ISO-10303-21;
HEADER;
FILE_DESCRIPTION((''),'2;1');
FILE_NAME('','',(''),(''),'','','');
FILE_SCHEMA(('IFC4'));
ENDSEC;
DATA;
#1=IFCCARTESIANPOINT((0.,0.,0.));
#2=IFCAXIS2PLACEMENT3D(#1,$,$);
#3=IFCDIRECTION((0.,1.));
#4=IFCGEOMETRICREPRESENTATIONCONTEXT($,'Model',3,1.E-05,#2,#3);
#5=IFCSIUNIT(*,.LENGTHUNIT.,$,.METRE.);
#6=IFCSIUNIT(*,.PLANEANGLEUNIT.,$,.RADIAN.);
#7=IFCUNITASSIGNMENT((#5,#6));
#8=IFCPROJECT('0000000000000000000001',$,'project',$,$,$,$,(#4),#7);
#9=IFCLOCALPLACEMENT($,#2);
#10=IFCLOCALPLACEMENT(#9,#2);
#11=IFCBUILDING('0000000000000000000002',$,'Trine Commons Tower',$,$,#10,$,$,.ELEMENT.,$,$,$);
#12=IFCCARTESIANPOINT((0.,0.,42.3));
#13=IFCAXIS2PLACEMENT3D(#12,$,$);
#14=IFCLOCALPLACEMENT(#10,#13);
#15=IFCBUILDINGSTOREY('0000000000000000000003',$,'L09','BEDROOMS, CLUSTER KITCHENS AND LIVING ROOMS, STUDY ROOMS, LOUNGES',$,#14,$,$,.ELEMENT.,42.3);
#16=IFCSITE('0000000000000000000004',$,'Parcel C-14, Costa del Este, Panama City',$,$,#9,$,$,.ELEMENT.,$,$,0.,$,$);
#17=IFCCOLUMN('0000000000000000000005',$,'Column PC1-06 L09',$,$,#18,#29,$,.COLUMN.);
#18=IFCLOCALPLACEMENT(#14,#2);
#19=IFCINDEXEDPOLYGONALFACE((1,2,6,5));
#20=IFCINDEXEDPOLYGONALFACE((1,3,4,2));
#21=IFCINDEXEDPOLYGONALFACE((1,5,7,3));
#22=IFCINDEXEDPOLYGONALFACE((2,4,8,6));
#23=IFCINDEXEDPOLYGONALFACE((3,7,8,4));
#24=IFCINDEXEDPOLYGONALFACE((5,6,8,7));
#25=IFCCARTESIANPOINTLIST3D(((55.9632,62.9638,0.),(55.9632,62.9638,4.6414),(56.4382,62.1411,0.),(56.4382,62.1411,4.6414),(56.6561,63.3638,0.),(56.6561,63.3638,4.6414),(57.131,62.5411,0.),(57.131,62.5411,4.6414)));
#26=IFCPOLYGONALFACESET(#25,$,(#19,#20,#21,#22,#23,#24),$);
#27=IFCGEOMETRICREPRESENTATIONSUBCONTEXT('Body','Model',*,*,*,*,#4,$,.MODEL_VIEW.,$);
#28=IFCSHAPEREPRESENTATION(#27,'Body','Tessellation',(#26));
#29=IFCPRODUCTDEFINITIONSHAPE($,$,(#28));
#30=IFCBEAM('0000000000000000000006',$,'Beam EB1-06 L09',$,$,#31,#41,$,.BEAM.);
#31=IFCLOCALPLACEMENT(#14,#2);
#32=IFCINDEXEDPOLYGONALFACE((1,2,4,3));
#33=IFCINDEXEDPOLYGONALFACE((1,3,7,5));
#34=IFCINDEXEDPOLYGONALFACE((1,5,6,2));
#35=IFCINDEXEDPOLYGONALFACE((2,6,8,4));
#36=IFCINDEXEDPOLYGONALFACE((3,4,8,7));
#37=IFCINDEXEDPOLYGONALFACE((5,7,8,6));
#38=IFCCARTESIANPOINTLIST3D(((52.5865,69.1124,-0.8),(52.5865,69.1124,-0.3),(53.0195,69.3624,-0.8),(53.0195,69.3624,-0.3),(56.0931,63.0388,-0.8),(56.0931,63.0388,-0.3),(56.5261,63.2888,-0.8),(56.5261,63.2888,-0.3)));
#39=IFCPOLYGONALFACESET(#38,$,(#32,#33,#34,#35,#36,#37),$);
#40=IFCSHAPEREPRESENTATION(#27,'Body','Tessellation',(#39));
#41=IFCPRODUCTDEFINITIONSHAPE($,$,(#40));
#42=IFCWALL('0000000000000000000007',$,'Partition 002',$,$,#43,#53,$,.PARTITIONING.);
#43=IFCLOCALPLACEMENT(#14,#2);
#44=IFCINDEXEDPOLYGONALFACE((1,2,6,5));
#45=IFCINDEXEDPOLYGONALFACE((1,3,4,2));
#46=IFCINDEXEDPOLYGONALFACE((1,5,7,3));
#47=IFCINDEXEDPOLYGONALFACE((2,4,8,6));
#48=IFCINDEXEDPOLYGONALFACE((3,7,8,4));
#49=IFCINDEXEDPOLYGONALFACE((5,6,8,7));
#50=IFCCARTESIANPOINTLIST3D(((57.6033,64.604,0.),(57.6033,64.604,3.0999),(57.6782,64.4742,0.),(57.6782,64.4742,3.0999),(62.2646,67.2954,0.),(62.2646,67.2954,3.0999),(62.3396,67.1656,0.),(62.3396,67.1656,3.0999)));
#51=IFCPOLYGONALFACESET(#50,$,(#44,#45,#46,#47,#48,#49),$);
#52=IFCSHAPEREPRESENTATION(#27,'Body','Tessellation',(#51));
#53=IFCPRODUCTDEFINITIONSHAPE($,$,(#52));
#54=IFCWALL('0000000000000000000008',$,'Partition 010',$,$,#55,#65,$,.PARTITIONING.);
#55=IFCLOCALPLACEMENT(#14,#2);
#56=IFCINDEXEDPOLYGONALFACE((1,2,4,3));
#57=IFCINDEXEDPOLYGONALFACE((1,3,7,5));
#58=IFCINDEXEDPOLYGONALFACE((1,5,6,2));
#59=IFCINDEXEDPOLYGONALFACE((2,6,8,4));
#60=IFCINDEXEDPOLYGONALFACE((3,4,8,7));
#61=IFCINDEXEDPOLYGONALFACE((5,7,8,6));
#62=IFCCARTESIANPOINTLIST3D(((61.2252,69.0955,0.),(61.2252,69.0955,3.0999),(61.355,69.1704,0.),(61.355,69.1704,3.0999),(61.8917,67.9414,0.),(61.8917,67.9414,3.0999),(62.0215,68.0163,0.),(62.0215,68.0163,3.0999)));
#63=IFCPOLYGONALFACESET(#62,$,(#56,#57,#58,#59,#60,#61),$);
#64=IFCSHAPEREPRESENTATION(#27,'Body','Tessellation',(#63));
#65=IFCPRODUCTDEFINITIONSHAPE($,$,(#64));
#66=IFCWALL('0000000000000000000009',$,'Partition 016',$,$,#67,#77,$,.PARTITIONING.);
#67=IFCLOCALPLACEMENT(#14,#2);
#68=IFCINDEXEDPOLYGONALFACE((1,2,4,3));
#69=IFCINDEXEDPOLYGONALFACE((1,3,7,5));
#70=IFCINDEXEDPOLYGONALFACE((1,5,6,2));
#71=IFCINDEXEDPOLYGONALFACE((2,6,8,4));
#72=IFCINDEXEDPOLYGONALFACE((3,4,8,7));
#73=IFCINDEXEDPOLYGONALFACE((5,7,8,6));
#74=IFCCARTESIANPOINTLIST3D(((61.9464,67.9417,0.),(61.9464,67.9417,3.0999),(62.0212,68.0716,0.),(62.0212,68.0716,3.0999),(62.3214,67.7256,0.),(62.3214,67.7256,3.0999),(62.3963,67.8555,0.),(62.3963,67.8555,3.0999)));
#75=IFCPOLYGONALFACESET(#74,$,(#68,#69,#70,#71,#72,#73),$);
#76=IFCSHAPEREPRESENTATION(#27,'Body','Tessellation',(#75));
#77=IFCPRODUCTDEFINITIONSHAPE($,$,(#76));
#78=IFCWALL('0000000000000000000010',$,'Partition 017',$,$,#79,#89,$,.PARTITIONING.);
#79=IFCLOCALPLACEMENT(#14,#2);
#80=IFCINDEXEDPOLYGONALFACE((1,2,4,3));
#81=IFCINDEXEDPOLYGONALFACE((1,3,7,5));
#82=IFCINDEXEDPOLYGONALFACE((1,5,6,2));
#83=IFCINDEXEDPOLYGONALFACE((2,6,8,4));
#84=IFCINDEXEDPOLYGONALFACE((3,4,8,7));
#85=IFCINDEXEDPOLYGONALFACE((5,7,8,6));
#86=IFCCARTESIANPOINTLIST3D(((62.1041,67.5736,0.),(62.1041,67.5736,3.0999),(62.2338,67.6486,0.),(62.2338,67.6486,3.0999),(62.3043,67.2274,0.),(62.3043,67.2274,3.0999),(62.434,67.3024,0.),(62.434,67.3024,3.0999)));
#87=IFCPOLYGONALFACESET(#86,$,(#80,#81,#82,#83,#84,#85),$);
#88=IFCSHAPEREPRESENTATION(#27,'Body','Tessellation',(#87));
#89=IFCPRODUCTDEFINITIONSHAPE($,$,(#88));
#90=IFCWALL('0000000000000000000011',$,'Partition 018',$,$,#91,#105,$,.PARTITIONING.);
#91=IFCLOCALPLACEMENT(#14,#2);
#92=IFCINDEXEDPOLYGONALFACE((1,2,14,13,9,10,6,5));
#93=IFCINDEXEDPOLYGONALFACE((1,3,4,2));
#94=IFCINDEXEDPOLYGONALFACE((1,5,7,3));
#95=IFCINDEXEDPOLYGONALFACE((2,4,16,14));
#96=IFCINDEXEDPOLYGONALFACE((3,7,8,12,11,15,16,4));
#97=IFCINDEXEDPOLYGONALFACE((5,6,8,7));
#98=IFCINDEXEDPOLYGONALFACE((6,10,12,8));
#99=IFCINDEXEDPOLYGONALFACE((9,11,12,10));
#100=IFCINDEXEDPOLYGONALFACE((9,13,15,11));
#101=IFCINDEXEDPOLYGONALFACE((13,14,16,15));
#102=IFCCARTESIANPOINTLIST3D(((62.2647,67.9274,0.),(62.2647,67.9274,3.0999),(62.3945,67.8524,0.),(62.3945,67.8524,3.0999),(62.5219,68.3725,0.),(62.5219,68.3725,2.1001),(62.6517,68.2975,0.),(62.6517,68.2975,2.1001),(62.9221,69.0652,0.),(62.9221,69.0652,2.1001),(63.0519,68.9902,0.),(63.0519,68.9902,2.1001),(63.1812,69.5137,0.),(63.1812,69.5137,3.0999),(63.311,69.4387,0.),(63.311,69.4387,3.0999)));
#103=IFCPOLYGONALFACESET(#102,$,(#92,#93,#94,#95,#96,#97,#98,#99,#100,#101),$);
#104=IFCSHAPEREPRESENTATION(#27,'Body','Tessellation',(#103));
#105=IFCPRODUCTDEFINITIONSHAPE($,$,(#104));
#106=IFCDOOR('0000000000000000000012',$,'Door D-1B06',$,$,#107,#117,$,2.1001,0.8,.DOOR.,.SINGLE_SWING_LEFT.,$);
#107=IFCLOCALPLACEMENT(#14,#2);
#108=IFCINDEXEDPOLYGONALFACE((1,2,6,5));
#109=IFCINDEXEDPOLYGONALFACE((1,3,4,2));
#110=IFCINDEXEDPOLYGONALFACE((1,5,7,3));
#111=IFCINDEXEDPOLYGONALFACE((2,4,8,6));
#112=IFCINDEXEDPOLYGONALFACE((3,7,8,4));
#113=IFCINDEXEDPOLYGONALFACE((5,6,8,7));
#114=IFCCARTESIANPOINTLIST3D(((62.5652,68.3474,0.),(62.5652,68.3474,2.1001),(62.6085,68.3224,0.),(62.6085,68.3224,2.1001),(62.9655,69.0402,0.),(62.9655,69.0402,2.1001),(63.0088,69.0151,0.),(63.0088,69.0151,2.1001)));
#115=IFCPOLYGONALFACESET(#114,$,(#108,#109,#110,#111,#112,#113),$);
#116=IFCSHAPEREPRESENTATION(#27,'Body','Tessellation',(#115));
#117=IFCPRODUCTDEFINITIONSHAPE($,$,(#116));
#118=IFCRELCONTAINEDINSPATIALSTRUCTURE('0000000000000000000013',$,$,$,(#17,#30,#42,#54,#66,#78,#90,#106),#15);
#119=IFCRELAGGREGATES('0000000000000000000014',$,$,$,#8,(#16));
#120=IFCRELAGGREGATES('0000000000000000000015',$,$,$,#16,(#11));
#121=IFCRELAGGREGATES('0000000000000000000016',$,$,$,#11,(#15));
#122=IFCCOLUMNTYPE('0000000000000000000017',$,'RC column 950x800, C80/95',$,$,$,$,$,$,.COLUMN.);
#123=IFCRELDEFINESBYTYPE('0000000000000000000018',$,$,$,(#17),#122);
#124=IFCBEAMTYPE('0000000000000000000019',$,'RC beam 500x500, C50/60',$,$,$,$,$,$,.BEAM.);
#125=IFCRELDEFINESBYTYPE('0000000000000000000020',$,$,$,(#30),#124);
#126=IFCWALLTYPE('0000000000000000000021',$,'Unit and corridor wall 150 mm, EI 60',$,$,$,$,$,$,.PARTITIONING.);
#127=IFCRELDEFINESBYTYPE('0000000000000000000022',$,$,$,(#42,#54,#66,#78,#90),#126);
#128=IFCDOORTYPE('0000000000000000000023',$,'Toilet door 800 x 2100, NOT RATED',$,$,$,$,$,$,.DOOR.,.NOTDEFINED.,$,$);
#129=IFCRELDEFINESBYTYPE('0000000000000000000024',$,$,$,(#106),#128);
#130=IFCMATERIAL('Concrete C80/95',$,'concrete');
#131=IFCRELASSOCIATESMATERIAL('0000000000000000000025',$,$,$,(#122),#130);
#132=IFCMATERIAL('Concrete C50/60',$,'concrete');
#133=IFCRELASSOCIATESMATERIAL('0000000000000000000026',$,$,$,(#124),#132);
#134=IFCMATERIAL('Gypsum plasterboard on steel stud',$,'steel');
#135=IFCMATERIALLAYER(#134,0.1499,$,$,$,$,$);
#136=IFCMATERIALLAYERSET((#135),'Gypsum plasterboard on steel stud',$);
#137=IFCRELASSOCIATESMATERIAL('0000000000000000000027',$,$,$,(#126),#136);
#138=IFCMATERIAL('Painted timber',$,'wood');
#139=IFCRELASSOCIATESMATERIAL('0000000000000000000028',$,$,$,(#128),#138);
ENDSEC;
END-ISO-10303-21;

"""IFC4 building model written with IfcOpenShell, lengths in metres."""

from ifc_helpers import new_model, si_unit, direction, frame, frame_2d, origin, origin_2d, place, context, subcontext, project, spatial, rectangle, extrude, material, layer, layer_set, material_profile, profile_set, type_object, element, fill, save


model = new_model("IFC4")

# Units and contexts
model_context = context("Model", 3, precision=1e-05, world=origin(), true_north=direction((0.0, 1.0)))
body_context = subcontext(model_context, "Body", "Model", "MODEL_VIEW")
ifc_project = project(units=[si_unit("LENGTHUNIT", "METRE"), si_unit("PLANEANGLEUNIT", "RADIAN")], contexts=[model_context])

# Site, building, storey
site_placement = place(None, origin())
site = spatial("IfcSite", under=ifc_project, at=site_placement, Name="Parcel C-14, Costa del Este, Panama City", CompositionType="ELEMENT", RefElevation=0.0)
building_placement = place(site_placement, origin())
building = spatial("IfcBuilding", under=site, at=building_placement, Name="Trine Commons Tower", CompositionType="ELEMENT")
storey_placement = place(building_placement, frame((0.0, 0.0, 42.3)))
storey = spatial("IfcBuildingStorey", under=building, at=storey_placement, Name="L09", Description="BEDROOMS, CLUSTER KITCHENS AND LIVING ROOMS, STUDY ROOMS, LOUNGES", CompositionType="ELEMENT", Elevation=42.3)

# Column
ifc_material_1 = material(Name="Concrete C80/95", Category="concrete")
ifc_material_profile_1 = material_profile(ifc_material_1, rectangle(XDim=0.95, YDim=0.8, at=origin_2d()), Name="RC 950x800")
ifc_profile_set_1 = profile_set([ifc_material_profile_1], Name="Concrete C80/95")
column_type = type_object("IfcColumnType", Name="RC column 950x800, C80/95", PredefinedType="COLUMN", material=ifc_profile_set_1)
column_placement = place(storey_placement, frame((56.5471, 62.7524, 0.0), z_axis=(0.0, 0.0, 1.0), x_axis=(-0.5, 0.866025, 0.0)))
element("IfcColumn", 1, at=column_placement, inside=storey, type_object=column_type, Name="Column PC1-06 L09", PredefinedType="COLUMN", context=body_context, shape_type="SweptSolid", body=[
    extrude(rectangle(XDim=0.95, YDim=0.8, at=origin_2d()), origin(), (0.0, 0.0, 1.0), 4.6414),
])

# Beam
ifc_material_2 = material(Name="Concrete C50/60", Category="concrete")
ifc_material_profile_2 = material_profile(ifc_material_2, rectangle(XDim=0.5, YDim=0.5, at=origin_2d()), Name="RC 500x500")
ifc_profile_set_2 = profile_set([ifc_material_profile_2], Name="Concrete C50/60")
beam_type = type_object("IfcBeamType", Name="RC beam 500x500, C50/60", PredefinedType="BEAM", material=ifc_profile_set_2)
beam_placement = place(storey_placement, frame((56.3096, 63.1638, -0.55), z_axis=(-0.499992, 0.86603, 0.0), x_axis=(-0.86603, -0.499992, 0.0)))
element("IfcBeam", 2, at=beam_placement, inside=storey, type_object=beam_type, Name="Beam EB1-06 L09", PredefinedType="BEAM", context=body_context, shape_type="SweptSolid", body=[
    extrude(rectangle(XDim=0.5, YDim=0.5, at=origin_2d()), origin(), (0.0, 0.0, 1.0), 7.0132),
])

# Walls
ifc_material_3 = material(Name="Gypsum plasterboard on steel stud", Category="steel")
ifc_layer_1 = layer(ifc_material_3, 0.1499)
ifc_layer_set_1 = layer_set([ifc_layer_1], Name="Gypsum plasterboard on steel stud")
wall_type_1 = type_object("IfcWallType", Name="Unit and corridor wall 150 mm, EI 60", PredefinedType="PARTITIONING", material=ifc_layer_set_1)
wall_1_placement = place(storey_placement, frame((57.6406, 64.5391, 0.0), z_axis=(0.0, 0.0, 1.0), x_axis=(0.866013, 0.500022, 0.0)))
element("IfcWall", 3, at=wall_1_placement, inside=storey, type_object=wall_type_1, Name="Partition 002", PredefinedType="PARTITIONING", context=body_context, shape_type="SweptSolid", body=[
    extrude(rectangle(XDim=5.3826, YDim=0.1499, at=frame_2d((2.6914, 0.0))), origin(), (0.0, 0.0, 1.0), 3.0999),
])
wall_2_placement = place(storey_placement, frame((61.29, 69.1331, 0.0), z_axis=(0.0, 0.0, 1.0), x_axis=(0.500119, -0.865957, 0.0)))
element("IfcWall", 4, at=wall_2_placement, inside=storey, type_object=wall_type_1, Name="Partition 010", PredefinedType="PARTITIONING", context=body_context, shape_type="SweptSolid", body=[
    extrude(rectangle(XDim=1.3328, YDim=0.1499, at=frame_2d((0.6665, 0.0))), origin(), (0.0, 0.0, 1.0), 3.0999),
])
wall_3_placement = place(storey_placement, frame((61.9839, 68.0066, 0.0), z_axis=(0.0, 0.0, 1.0), x_axis=(0.866467, -0.499234, 0.0)))
element("IfcWall", 5, at=wall_3_placement, inside=storey, type_object=wall_type_1, Name="Partition 016", PredefinedType="PARTITIONING", context=body_context, shape_type="SweptSolid", body=[
    extrude(rectangle(XDim=0.4329, YDim=0.1499, at=frame_2d((0.2163, 0.0))), origin(), (0.0, 0.0, 1.0), 3.0999),
])
wall_4_placement = place(storey_placement, frame((62.1689, 67.6111, 0.0), z_axis=(0.0, 0.0, 1.0), x_axis=(0.500603, -0.865677, 0.0)))
element("IfcWall", 6, at=wall_4_placement, inside=storey, type_object=wall_type_1, Name="Partition 017", PredefinedType="PARTITIONING", context=body_context, shape_type="SweptSolid", body=[
    extrude(rectangle(XDim=0.3999, YDim=0.1499, at=frame_2d((0.2, 0.0))), origin(), (0.0, 0.0, 1.0), 3.0999),
])

# Wall, opening, door
wall_5_placement = place(storey_placement, frame((62.3296, 67.8899, 0.0), z_axis=(0.0, 0.0, 1.0), x_axis=(0.500295, 0.865855, 0.0)))
wall_5 = element("IfcWall", 7, at=wall_5_placement, inside=storey, type_object=wall_type_1, Name="Partition 018", PredefinedType="PARTITIONING", context=body_context, shape_type="SweptSolid", body=[
    extrude(rectangle(XDim=1.832, YDim=0.1499, at=frame_2d((0.916, 0.0))), origin(), (0.0, 0.0, 1.0), 3.0999),
])
opening_1_placement = place(wall_5_placement, frame((0.5142, 0.0, 0.0)))
opening_1 = element("IfcOpeningElement", 8, at=opening_1_placement, cuts=wall_5, PredefinedType="OPENING", context=body_context, shape_type="SweptSolid", body=[
    extrude(rectangle(XDim=0.8, YDim=2.1001, at=frame_2d((0.3999, 1.05))), frame((0.0, 0.085, 0.0), z_axis=(0.0, -1.0, 0.0), x_axis=(1.0, 0.0, 0.0)), (0.0, 0.0, 1.0), 0.1699),
])
ifc_material_4 = material(Name="Painted timber", Category="wood")
door_type_1 = type_object("IfcDoorType", Name="Toilet door 800 x 2100, NOT RATED", OperationType="NOTDEFINED", PredefinedType="DOOR", material=ifc_material_4)
door_1_placement = place(opening_1_placement, origin())
door_1 = element("IfcDoor", 9, at=door_1_placement, inside=storey, type_object=door_type_1, Name="Door D-1B06", OperationType="SINGLE_SWING_LEFT", OverallHeight=2.1001, OverallWidth=0.8, PredefinedType="DOOR", context=body_context, shape_type="SweptSolid", body=[
    extrude(rectangle(XDim=0.8, YDim=2.1001, at=frame_2d((0.3999, 1.05))), frame((0.0, 0.0249, 0.0), z_axis=(0.0, -1.0, 0.0), x_axis=(1.0, 0.0, 0.0)), (0.0, 0.0, 1.0), 0.05),
])
fill(opening_1, door_1)

save(model, "model.ifc")
